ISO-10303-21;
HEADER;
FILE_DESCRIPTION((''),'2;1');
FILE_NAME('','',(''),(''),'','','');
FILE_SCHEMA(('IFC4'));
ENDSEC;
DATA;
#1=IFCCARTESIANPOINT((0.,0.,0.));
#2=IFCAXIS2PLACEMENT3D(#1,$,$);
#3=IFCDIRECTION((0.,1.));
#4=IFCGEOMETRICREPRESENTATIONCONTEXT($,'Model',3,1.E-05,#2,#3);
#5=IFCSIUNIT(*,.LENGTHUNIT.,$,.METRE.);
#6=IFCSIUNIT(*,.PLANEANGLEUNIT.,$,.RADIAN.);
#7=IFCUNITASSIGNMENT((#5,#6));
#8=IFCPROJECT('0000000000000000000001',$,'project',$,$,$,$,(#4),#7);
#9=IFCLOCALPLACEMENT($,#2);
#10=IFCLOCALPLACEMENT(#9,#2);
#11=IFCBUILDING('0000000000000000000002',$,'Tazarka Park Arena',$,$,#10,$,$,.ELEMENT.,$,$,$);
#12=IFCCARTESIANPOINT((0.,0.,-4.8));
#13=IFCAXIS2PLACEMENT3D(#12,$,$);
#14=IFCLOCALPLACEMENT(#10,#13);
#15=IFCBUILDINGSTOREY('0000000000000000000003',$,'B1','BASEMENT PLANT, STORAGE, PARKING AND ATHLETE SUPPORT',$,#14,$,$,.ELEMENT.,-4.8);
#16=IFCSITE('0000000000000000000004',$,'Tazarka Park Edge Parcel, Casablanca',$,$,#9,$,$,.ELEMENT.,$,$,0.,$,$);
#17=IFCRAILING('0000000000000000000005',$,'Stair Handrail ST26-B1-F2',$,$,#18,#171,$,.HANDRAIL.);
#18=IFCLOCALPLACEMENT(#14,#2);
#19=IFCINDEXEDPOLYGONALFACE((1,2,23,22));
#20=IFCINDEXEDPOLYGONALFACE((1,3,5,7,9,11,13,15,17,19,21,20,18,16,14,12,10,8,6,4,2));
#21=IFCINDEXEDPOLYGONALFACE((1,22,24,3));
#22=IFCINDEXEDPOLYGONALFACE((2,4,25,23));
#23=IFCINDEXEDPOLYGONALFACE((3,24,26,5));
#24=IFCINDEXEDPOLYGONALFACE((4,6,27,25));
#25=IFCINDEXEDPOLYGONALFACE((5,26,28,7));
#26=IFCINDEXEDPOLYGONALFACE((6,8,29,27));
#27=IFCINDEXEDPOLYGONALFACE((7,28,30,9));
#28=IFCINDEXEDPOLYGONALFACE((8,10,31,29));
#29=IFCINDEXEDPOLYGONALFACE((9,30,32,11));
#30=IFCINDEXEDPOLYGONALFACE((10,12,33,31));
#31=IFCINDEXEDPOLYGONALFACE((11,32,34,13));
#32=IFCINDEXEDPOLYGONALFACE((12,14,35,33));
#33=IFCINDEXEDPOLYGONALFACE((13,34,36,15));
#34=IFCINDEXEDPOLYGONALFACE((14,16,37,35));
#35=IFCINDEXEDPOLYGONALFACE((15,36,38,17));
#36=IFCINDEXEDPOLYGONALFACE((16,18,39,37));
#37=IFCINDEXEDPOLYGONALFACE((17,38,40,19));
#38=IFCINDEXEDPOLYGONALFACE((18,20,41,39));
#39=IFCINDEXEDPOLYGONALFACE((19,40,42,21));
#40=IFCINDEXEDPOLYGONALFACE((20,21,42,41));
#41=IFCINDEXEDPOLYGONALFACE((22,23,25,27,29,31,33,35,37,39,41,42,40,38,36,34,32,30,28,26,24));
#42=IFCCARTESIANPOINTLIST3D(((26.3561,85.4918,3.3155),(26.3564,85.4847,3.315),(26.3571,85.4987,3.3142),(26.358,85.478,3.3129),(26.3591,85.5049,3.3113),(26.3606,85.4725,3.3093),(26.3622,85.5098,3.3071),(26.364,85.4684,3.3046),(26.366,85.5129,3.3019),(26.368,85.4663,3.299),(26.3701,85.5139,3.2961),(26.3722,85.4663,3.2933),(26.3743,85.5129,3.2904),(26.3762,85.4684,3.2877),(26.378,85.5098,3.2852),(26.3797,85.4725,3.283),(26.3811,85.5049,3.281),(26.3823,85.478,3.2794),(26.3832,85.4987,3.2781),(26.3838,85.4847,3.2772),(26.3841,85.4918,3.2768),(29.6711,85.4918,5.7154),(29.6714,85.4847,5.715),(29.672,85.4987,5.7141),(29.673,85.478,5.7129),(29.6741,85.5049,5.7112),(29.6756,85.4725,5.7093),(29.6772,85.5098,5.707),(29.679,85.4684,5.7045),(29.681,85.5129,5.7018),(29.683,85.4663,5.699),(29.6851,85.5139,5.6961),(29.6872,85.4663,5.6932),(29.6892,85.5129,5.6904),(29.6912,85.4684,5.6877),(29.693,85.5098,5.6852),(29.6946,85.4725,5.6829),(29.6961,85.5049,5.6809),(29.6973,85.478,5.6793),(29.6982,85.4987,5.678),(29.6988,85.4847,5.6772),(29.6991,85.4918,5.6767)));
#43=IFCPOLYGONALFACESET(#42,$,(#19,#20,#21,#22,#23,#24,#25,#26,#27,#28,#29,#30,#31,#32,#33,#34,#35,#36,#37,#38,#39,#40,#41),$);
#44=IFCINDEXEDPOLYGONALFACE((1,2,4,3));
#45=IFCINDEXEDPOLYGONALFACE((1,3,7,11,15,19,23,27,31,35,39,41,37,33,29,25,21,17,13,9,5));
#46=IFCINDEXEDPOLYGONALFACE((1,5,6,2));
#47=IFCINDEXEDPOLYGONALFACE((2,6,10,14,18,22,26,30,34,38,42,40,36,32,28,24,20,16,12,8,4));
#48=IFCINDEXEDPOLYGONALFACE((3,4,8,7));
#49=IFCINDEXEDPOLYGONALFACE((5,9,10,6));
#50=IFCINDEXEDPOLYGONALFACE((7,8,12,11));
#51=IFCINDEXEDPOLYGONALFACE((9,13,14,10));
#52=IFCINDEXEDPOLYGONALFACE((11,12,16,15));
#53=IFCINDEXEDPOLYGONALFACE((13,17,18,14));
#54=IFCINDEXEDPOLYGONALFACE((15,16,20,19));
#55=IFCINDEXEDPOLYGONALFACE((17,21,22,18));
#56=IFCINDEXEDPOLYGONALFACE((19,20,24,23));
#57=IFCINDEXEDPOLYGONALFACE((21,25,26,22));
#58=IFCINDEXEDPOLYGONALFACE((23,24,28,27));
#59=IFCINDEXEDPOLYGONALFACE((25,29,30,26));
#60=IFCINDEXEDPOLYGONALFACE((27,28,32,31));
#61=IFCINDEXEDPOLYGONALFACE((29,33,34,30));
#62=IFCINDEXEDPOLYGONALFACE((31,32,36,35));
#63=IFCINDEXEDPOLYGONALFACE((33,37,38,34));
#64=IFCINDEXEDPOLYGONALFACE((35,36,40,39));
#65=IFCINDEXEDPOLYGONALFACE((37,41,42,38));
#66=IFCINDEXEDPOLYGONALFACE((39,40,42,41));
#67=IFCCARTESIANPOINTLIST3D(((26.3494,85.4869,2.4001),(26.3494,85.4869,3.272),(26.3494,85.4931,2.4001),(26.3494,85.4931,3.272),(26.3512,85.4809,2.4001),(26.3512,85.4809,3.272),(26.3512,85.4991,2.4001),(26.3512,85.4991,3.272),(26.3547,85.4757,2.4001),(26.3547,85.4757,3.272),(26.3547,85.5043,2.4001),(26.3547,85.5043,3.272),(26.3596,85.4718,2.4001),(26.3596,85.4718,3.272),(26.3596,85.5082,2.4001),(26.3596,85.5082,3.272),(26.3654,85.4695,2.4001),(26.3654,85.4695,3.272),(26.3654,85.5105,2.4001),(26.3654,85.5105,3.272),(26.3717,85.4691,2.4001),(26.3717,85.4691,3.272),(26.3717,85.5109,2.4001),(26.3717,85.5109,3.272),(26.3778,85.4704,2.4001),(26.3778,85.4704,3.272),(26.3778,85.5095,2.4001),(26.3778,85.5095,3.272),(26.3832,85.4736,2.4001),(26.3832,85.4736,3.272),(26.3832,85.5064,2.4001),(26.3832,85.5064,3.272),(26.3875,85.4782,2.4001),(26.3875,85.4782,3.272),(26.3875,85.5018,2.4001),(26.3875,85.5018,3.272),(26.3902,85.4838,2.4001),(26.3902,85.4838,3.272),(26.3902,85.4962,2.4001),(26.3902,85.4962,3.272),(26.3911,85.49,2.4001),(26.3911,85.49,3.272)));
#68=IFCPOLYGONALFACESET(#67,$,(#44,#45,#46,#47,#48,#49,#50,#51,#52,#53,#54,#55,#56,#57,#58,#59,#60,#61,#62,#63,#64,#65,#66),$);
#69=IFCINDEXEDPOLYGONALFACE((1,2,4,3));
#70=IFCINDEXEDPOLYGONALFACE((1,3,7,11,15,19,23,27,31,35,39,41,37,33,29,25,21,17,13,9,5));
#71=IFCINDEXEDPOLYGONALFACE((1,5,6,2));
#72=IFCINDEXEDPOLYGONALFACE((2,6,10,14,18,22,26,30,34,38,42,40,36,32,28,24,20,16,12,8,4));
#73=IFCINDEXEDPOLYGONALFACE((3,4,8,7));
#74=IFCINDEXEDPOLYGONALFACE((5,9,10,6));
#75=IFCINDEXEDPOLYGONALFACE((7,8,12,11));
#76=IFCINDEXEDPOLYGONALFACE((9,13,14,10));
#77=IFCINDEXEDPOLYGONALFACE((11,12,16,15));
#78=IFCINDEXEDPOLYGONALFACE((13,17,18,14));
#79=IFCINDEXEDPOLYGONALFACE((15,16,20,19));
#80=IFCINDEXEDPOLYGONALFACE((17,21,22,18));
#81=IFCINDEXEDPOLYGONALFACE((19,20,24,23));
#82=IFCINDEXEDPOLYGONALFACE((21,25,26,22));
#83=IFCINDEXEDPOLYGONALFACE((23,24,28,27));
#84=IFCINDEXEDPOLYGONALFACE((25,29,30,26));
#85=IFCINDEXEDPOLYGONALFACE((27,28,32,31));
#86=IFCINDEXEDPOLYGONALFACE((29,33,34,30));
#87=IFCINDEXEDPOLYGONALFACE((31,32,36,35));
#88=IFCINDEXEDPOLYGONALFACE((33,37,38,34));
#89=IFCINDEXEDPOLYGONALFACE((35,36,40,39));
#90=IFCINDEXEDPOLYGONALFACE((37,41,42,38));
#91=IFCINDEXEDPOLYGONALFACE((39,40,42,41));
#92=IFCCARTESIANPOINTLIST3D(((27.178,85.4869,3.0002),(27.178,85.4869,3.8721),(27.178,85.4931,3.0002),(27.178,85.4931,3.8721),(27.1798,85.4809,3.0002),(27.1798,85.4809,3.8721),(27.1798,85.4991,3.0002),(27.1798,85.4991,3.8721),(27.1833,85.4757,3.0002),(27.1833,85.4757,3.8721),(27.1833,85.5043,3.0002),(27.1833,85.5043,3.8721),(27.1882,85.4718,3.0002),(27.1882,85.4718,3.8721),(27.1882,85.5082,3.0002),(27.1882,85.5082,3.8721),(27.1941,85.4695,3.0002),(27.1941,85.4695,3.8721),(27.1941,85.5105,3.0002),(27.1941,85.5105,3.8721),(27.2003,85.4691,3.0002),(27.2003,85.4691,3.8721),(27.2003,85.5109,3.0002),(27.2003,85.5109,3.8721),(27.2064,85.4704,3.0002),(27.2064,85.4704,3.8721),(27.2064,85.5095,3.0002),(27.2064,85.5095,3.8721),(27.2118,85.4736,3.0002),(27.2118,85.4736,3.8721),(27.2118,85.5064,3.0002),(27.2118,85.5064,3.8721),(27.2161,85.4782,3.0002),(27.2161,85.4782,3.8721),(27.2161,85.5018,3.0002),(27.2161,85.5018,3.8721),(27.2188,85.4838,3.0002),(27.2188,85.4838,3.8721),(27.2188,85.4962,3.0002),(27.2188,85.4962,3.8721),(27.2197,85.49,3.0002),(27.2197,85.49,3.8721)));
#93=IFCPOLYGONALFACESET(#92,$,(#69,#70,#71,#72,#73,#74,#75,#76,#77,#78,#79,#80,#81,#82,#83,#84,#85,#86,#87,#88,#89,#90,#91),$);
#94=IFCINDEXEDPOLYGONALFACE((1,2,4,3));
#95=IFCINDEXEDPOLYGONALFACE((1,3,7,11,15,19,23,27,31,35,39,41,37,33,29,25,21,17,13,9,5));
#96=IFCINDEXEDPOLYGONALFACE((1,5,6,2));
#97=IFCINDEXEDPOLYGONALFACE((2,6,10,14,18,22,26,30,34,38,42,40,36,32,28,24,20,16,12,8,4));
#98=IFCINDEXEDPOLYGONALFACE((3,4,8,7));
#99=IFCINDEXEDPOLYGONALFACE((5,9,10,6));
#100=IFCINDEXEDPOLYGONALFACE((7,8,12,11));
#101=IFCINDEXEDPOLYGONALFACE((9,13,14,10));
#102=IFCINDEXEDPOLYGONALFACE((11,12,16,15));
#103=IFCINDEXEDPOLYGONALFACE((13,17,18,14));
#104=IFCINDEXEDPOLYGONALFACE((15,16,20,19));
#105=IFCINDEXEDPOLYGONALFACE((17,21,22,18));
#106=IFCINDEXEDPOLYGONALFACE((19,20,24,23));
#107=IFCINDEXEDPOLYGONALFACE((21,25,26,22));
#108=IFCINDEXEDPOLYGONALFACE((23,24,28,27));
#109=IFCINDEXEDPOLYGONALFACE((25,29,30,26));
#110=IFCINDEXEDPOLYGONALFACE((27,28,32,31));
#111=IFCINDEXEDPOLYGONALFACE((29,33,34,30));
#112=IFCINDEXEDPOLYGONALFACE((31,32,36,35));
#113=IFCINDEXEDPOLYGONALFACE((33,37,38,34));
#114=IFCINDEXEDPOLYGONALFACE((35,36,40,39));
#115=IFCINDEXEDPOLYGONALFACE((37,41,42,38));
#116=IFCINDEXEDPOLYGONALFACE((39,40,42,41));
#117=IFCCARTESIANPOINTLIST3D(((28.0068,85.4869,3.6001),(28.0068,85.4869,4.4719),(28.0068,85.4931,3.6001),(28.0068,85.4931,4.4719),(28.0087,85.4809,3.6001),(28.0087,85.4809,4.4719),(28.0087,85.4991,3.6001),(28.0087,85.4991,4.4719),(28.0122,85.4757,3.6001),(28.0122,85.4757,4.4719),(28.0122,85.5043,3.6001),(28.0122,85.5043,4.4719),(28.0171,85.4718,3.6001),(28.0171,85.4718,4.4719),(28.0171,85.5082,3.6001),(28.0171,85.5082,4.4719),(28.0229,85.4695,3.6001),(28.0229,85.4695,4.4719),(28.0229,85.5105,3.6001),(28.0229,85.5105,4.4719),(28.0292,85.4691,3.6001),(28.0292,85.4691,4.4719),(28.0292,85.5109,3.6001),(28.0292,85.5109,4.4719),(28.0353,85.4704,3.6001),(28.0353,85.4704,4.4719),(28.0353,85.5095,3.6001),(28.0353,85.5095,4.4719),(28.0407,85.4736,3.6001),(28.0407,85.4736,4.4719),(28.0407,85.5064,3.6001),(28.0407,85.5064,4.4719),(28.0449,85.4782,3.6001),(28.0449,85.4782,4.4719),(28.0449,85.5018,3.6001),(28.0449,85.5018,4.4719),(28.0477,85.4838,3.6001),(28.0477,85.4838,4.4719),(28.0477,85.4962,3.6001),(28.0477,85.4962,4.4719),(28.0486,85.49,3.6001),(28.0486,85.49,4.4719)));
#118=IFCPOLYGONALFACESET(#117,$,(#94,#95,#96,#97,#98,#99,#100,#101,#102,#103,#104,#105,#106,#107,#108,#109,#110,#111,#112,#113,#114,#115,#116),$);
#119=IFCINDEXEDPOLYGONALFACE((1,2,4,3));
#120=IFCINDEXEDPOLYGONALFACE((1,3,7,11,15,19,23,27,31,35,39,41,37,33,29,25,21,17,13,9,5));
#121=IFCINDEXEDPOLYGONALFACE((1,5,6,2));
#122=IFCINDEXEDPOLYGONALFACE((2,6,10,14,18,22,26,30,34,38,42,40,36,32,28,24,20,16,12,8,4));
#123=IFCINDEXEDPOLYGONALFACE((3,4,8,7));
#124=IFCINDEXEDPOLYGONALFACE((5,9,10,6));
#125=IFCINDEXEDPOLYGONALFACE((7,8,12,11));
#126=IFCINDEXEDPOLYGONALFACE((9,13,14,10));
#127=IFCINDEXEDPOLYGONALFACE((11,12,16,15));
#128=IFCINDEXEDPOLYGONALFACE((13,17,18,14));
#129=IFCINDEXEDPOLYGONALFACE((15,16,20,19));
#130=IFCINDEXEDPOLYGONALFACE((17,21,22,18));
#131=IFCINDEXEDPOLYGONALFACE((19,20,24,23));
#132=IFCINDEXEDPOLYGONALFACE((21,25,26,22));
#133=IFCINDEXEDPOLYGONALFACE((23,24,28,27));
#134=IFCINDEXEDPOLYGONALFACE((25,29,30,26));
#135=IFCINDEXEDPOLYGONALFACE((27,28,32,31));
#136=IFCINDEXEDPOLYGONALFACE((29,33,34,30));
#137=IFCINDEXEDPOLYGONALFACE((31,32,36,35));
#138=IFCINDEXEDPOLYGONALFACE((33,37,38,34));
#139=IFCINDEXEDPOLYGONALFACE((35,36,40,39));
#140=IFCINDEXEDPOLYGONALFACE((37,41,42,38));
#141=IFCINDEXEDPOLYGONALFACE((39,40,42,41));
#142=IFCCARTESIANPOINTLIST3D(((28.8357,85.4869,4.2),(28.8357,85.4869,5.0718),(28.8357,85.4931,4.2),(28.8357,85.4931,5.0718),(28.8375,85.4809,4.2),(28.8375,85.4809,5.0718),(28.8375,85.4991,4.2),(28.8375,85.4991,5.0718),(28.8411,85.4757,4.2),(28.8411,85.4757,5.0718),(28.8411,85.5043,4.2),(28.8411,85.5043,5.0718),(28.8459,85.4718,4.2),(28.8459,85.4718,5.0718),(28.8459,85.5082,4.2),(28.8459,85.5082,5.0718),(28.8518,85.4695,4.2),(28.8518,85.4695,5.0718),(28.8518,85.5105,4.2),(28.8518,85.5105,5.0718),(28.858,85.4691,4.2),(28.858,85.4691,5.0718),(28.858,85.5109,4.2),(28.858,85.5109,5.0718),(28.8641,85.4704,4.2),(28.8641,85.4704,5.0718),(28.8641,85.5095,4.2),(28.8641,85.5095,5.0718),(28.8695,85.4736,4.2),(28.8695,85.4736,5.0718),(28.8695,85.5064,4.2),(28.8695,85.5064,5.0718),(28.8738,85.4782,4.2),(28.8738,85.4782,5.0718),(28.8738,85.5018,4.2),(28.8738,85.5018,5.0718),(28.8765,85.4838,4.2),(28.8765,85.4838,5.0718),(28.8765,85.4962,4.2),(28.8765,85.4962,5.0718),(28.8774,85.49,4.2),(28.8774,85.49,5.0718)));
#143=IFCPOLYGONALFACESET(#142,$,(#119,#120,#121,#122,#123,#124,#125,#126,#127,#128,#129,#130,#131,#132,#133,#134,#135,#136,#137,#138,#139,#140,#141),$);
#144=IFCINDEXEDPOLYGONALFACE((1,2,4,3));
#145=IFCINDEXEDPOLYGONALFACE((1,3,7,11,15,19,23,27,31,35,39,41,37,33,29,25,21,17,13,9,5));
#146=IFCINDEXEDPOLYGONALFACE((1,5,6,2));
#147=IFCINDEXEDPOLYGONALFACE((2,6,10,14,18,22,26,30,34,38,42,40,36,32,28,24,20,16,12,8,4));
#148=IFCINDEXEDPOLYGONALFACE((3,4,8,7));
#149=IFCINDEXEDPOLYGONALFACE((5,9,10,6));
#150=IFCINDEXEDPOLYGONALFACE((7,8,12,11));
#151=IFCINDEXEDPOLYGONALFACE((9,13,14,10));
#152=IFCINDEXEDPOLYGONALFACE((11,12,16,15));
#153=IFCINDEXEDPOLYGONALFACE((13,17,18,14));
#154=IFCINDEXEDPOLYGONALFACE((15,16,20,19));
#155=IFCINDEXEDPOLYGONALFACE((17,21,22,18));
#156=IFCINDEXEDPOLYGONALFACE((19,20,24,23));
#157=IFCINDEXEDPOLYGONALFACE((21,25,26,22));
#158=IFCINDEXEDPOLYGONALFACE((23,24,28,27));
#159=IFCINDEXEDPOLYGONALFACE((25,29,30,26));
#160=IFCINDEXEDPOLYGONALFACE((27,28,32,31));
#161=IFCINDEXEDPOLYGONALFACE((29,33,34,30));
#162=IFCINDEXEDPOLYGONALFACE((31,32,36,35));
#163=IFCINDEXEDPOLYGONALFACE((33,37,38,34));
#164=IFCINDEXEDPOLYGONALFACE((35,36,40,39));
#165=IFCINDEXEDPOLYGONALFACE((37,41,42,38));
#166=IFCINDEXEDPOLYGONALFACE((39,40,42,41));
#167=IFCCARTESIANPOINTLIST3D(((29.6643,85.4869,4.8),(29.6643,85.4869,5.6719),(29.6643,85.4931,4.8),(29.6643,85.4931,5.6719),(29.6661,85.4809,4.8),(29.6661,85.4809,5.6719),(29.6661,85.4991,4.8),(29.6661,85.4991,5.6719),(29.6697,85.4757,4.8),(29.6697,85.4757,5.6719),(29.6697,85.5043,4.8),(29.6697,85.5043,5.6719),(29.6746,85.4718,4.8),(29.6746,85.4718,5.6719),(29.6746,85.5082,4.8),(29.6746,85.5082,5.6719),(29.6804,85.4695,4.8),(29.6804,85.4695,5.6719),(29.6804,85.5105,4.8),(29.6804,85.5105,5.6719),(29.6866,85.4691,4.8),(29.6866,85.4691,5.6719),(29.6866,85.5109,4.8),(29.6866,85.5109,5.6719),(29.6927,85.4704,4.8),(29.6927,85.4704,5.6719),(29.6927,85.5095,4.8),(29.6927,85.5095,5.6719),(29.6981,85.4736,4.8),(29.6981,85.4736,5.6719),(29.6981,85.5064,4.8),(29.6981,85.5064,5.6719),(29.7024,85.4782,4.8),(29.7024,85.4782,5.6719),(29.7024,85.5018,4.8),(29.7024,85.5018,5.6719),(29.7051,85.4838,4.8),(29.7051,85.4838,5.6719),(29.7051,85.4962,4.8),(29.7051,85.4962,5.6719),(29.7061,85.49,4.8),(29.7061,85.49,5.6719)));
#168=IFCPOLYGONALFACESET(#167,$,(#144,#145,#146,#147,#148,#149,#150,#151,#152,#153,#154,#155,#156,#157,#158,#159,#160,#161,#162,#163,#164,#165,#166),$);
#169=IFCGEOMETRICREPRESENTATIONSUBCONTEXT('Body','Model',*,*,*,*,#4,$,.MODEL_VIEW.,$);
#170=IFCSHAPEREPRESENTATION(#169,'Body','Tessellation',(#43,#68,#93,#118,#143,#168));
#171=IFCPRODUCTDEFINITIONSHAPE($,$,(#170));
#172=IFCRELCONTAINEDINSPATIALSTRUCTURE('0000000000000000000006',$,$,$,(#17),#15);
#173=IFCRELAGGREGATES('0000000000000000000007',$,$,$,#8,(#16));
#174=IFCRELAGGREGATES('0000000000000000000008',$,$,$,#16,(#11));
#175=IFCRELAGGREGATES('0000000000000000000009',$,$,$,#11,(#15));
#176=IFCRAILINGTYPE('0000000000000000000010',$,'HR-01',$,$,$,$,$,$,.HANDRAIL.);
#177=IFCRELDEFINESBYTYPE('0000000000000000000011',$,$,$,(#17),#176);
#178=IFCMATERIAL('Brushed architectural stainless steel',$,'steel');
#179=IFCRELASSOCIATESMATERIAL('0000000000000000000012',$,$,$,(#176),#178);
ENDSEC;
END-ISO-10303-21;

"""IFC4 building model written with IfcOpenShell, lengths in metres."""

from ifc_helpers import new_model, si_unit, direction, frame, origin, origin_2d, place, context, subcontext, project, spatial, circle, extrude, material, type_object, element, save


model = new_model("IFC4")

# Units and contexts
model_context = context("Model", 3, precision=1e-05, world=origin(), true_north=direction((0.0, 1.0)))
body_context = subcontext(model_context, "Body", "Model", "MODEL_VIEW")
ifc_project = project(units=[si_unit("LENGTHUNIT", "METRE"), si_unit("PLANEANGLEUNIT", "RADIAN")], contexts=[model_context])

# Site, building, storey
site_placement = place(None, origin())
site = spatial("IfcSite", under=ifc_project, at=site_placement, Name="Tazarka Park Edge Parcel, Casablanca", CompositionType="ELEMENT", RefElevation=0.0)
building_placement = place(site_placement, origin())
building = spatial("IfcBuilding", under=site, at=building_placement, Name="Tazarka Park Arena", CompositionType="ELEMENT")
storey_placement = place(building_placement, frame((0.0, 0.0, -4.8)))
storey = spatial("IfcBuildingStorey", under=building, at=storey_placement, Name="B1", Description="BASEMENT PLANT, STORAGE, PARKING AND ATHLETE SUPPORT", CompositionType="ELEMENT", Elevation=-4.8)

# Railing
ifc_material_1 = material(Name="Brushed architectural stainless steel", Category="steel")
railing_type_1 = type_object("IfcRailingType", Name="HR-01", PredefinedType="HANDRAIL", material=ifc_material_1)
railing_1_placement = place(storey_placement, frame((26.3701, 85.49, 2.4001)))
element("IfcRailing", 1, at=railing_1_placement, inside=storey, type_object=railing_type_1, Name="Stair Handrail ST26-B1-F2", PredefinedType="HANDRAIL", context=body_context, shape_type="SweptSolid", body=[
    extrude(circle(Radius=0.0239, at=origin_2d()), frame((0.0, 0.0, 0.896), z_axis=(0.810009, 0.0, 0.586418), x_axis=(0.0, 1.0, 0.0)), (0.0, 0.0, 1.0), 4.0925),
    extrude(circle(Radius=0.021, at=origin_2d()), origin(), (0.0, 0.0, 1.0), 0.8718),
    extrude(circle(Radius=0.021, at=origin_2d()), frame((0.8286, 0.0, 0.6001)), (0.0, 0.0, 1.0), 0.8718),
    extrude(circle(Radius=0.021, at=origin_2d()), frame((1.6575, 0.0, 1.2)), (0.0, 0.0, 1.0), 0.8718),
    extrude(circle(Radius=0.021, at=origin_2d()), frame((2.4863, 0.0, 1.7998)), (0.0, 0.0, 1.0), 0.8718),
    extrude(circle(Radius=0.021, at=origin_2d()), frame((3.3149, 0.0, 2.3999)), (0.0, 0.0, 1.0), 0.8718),
])

save(model, "model.ifc")
